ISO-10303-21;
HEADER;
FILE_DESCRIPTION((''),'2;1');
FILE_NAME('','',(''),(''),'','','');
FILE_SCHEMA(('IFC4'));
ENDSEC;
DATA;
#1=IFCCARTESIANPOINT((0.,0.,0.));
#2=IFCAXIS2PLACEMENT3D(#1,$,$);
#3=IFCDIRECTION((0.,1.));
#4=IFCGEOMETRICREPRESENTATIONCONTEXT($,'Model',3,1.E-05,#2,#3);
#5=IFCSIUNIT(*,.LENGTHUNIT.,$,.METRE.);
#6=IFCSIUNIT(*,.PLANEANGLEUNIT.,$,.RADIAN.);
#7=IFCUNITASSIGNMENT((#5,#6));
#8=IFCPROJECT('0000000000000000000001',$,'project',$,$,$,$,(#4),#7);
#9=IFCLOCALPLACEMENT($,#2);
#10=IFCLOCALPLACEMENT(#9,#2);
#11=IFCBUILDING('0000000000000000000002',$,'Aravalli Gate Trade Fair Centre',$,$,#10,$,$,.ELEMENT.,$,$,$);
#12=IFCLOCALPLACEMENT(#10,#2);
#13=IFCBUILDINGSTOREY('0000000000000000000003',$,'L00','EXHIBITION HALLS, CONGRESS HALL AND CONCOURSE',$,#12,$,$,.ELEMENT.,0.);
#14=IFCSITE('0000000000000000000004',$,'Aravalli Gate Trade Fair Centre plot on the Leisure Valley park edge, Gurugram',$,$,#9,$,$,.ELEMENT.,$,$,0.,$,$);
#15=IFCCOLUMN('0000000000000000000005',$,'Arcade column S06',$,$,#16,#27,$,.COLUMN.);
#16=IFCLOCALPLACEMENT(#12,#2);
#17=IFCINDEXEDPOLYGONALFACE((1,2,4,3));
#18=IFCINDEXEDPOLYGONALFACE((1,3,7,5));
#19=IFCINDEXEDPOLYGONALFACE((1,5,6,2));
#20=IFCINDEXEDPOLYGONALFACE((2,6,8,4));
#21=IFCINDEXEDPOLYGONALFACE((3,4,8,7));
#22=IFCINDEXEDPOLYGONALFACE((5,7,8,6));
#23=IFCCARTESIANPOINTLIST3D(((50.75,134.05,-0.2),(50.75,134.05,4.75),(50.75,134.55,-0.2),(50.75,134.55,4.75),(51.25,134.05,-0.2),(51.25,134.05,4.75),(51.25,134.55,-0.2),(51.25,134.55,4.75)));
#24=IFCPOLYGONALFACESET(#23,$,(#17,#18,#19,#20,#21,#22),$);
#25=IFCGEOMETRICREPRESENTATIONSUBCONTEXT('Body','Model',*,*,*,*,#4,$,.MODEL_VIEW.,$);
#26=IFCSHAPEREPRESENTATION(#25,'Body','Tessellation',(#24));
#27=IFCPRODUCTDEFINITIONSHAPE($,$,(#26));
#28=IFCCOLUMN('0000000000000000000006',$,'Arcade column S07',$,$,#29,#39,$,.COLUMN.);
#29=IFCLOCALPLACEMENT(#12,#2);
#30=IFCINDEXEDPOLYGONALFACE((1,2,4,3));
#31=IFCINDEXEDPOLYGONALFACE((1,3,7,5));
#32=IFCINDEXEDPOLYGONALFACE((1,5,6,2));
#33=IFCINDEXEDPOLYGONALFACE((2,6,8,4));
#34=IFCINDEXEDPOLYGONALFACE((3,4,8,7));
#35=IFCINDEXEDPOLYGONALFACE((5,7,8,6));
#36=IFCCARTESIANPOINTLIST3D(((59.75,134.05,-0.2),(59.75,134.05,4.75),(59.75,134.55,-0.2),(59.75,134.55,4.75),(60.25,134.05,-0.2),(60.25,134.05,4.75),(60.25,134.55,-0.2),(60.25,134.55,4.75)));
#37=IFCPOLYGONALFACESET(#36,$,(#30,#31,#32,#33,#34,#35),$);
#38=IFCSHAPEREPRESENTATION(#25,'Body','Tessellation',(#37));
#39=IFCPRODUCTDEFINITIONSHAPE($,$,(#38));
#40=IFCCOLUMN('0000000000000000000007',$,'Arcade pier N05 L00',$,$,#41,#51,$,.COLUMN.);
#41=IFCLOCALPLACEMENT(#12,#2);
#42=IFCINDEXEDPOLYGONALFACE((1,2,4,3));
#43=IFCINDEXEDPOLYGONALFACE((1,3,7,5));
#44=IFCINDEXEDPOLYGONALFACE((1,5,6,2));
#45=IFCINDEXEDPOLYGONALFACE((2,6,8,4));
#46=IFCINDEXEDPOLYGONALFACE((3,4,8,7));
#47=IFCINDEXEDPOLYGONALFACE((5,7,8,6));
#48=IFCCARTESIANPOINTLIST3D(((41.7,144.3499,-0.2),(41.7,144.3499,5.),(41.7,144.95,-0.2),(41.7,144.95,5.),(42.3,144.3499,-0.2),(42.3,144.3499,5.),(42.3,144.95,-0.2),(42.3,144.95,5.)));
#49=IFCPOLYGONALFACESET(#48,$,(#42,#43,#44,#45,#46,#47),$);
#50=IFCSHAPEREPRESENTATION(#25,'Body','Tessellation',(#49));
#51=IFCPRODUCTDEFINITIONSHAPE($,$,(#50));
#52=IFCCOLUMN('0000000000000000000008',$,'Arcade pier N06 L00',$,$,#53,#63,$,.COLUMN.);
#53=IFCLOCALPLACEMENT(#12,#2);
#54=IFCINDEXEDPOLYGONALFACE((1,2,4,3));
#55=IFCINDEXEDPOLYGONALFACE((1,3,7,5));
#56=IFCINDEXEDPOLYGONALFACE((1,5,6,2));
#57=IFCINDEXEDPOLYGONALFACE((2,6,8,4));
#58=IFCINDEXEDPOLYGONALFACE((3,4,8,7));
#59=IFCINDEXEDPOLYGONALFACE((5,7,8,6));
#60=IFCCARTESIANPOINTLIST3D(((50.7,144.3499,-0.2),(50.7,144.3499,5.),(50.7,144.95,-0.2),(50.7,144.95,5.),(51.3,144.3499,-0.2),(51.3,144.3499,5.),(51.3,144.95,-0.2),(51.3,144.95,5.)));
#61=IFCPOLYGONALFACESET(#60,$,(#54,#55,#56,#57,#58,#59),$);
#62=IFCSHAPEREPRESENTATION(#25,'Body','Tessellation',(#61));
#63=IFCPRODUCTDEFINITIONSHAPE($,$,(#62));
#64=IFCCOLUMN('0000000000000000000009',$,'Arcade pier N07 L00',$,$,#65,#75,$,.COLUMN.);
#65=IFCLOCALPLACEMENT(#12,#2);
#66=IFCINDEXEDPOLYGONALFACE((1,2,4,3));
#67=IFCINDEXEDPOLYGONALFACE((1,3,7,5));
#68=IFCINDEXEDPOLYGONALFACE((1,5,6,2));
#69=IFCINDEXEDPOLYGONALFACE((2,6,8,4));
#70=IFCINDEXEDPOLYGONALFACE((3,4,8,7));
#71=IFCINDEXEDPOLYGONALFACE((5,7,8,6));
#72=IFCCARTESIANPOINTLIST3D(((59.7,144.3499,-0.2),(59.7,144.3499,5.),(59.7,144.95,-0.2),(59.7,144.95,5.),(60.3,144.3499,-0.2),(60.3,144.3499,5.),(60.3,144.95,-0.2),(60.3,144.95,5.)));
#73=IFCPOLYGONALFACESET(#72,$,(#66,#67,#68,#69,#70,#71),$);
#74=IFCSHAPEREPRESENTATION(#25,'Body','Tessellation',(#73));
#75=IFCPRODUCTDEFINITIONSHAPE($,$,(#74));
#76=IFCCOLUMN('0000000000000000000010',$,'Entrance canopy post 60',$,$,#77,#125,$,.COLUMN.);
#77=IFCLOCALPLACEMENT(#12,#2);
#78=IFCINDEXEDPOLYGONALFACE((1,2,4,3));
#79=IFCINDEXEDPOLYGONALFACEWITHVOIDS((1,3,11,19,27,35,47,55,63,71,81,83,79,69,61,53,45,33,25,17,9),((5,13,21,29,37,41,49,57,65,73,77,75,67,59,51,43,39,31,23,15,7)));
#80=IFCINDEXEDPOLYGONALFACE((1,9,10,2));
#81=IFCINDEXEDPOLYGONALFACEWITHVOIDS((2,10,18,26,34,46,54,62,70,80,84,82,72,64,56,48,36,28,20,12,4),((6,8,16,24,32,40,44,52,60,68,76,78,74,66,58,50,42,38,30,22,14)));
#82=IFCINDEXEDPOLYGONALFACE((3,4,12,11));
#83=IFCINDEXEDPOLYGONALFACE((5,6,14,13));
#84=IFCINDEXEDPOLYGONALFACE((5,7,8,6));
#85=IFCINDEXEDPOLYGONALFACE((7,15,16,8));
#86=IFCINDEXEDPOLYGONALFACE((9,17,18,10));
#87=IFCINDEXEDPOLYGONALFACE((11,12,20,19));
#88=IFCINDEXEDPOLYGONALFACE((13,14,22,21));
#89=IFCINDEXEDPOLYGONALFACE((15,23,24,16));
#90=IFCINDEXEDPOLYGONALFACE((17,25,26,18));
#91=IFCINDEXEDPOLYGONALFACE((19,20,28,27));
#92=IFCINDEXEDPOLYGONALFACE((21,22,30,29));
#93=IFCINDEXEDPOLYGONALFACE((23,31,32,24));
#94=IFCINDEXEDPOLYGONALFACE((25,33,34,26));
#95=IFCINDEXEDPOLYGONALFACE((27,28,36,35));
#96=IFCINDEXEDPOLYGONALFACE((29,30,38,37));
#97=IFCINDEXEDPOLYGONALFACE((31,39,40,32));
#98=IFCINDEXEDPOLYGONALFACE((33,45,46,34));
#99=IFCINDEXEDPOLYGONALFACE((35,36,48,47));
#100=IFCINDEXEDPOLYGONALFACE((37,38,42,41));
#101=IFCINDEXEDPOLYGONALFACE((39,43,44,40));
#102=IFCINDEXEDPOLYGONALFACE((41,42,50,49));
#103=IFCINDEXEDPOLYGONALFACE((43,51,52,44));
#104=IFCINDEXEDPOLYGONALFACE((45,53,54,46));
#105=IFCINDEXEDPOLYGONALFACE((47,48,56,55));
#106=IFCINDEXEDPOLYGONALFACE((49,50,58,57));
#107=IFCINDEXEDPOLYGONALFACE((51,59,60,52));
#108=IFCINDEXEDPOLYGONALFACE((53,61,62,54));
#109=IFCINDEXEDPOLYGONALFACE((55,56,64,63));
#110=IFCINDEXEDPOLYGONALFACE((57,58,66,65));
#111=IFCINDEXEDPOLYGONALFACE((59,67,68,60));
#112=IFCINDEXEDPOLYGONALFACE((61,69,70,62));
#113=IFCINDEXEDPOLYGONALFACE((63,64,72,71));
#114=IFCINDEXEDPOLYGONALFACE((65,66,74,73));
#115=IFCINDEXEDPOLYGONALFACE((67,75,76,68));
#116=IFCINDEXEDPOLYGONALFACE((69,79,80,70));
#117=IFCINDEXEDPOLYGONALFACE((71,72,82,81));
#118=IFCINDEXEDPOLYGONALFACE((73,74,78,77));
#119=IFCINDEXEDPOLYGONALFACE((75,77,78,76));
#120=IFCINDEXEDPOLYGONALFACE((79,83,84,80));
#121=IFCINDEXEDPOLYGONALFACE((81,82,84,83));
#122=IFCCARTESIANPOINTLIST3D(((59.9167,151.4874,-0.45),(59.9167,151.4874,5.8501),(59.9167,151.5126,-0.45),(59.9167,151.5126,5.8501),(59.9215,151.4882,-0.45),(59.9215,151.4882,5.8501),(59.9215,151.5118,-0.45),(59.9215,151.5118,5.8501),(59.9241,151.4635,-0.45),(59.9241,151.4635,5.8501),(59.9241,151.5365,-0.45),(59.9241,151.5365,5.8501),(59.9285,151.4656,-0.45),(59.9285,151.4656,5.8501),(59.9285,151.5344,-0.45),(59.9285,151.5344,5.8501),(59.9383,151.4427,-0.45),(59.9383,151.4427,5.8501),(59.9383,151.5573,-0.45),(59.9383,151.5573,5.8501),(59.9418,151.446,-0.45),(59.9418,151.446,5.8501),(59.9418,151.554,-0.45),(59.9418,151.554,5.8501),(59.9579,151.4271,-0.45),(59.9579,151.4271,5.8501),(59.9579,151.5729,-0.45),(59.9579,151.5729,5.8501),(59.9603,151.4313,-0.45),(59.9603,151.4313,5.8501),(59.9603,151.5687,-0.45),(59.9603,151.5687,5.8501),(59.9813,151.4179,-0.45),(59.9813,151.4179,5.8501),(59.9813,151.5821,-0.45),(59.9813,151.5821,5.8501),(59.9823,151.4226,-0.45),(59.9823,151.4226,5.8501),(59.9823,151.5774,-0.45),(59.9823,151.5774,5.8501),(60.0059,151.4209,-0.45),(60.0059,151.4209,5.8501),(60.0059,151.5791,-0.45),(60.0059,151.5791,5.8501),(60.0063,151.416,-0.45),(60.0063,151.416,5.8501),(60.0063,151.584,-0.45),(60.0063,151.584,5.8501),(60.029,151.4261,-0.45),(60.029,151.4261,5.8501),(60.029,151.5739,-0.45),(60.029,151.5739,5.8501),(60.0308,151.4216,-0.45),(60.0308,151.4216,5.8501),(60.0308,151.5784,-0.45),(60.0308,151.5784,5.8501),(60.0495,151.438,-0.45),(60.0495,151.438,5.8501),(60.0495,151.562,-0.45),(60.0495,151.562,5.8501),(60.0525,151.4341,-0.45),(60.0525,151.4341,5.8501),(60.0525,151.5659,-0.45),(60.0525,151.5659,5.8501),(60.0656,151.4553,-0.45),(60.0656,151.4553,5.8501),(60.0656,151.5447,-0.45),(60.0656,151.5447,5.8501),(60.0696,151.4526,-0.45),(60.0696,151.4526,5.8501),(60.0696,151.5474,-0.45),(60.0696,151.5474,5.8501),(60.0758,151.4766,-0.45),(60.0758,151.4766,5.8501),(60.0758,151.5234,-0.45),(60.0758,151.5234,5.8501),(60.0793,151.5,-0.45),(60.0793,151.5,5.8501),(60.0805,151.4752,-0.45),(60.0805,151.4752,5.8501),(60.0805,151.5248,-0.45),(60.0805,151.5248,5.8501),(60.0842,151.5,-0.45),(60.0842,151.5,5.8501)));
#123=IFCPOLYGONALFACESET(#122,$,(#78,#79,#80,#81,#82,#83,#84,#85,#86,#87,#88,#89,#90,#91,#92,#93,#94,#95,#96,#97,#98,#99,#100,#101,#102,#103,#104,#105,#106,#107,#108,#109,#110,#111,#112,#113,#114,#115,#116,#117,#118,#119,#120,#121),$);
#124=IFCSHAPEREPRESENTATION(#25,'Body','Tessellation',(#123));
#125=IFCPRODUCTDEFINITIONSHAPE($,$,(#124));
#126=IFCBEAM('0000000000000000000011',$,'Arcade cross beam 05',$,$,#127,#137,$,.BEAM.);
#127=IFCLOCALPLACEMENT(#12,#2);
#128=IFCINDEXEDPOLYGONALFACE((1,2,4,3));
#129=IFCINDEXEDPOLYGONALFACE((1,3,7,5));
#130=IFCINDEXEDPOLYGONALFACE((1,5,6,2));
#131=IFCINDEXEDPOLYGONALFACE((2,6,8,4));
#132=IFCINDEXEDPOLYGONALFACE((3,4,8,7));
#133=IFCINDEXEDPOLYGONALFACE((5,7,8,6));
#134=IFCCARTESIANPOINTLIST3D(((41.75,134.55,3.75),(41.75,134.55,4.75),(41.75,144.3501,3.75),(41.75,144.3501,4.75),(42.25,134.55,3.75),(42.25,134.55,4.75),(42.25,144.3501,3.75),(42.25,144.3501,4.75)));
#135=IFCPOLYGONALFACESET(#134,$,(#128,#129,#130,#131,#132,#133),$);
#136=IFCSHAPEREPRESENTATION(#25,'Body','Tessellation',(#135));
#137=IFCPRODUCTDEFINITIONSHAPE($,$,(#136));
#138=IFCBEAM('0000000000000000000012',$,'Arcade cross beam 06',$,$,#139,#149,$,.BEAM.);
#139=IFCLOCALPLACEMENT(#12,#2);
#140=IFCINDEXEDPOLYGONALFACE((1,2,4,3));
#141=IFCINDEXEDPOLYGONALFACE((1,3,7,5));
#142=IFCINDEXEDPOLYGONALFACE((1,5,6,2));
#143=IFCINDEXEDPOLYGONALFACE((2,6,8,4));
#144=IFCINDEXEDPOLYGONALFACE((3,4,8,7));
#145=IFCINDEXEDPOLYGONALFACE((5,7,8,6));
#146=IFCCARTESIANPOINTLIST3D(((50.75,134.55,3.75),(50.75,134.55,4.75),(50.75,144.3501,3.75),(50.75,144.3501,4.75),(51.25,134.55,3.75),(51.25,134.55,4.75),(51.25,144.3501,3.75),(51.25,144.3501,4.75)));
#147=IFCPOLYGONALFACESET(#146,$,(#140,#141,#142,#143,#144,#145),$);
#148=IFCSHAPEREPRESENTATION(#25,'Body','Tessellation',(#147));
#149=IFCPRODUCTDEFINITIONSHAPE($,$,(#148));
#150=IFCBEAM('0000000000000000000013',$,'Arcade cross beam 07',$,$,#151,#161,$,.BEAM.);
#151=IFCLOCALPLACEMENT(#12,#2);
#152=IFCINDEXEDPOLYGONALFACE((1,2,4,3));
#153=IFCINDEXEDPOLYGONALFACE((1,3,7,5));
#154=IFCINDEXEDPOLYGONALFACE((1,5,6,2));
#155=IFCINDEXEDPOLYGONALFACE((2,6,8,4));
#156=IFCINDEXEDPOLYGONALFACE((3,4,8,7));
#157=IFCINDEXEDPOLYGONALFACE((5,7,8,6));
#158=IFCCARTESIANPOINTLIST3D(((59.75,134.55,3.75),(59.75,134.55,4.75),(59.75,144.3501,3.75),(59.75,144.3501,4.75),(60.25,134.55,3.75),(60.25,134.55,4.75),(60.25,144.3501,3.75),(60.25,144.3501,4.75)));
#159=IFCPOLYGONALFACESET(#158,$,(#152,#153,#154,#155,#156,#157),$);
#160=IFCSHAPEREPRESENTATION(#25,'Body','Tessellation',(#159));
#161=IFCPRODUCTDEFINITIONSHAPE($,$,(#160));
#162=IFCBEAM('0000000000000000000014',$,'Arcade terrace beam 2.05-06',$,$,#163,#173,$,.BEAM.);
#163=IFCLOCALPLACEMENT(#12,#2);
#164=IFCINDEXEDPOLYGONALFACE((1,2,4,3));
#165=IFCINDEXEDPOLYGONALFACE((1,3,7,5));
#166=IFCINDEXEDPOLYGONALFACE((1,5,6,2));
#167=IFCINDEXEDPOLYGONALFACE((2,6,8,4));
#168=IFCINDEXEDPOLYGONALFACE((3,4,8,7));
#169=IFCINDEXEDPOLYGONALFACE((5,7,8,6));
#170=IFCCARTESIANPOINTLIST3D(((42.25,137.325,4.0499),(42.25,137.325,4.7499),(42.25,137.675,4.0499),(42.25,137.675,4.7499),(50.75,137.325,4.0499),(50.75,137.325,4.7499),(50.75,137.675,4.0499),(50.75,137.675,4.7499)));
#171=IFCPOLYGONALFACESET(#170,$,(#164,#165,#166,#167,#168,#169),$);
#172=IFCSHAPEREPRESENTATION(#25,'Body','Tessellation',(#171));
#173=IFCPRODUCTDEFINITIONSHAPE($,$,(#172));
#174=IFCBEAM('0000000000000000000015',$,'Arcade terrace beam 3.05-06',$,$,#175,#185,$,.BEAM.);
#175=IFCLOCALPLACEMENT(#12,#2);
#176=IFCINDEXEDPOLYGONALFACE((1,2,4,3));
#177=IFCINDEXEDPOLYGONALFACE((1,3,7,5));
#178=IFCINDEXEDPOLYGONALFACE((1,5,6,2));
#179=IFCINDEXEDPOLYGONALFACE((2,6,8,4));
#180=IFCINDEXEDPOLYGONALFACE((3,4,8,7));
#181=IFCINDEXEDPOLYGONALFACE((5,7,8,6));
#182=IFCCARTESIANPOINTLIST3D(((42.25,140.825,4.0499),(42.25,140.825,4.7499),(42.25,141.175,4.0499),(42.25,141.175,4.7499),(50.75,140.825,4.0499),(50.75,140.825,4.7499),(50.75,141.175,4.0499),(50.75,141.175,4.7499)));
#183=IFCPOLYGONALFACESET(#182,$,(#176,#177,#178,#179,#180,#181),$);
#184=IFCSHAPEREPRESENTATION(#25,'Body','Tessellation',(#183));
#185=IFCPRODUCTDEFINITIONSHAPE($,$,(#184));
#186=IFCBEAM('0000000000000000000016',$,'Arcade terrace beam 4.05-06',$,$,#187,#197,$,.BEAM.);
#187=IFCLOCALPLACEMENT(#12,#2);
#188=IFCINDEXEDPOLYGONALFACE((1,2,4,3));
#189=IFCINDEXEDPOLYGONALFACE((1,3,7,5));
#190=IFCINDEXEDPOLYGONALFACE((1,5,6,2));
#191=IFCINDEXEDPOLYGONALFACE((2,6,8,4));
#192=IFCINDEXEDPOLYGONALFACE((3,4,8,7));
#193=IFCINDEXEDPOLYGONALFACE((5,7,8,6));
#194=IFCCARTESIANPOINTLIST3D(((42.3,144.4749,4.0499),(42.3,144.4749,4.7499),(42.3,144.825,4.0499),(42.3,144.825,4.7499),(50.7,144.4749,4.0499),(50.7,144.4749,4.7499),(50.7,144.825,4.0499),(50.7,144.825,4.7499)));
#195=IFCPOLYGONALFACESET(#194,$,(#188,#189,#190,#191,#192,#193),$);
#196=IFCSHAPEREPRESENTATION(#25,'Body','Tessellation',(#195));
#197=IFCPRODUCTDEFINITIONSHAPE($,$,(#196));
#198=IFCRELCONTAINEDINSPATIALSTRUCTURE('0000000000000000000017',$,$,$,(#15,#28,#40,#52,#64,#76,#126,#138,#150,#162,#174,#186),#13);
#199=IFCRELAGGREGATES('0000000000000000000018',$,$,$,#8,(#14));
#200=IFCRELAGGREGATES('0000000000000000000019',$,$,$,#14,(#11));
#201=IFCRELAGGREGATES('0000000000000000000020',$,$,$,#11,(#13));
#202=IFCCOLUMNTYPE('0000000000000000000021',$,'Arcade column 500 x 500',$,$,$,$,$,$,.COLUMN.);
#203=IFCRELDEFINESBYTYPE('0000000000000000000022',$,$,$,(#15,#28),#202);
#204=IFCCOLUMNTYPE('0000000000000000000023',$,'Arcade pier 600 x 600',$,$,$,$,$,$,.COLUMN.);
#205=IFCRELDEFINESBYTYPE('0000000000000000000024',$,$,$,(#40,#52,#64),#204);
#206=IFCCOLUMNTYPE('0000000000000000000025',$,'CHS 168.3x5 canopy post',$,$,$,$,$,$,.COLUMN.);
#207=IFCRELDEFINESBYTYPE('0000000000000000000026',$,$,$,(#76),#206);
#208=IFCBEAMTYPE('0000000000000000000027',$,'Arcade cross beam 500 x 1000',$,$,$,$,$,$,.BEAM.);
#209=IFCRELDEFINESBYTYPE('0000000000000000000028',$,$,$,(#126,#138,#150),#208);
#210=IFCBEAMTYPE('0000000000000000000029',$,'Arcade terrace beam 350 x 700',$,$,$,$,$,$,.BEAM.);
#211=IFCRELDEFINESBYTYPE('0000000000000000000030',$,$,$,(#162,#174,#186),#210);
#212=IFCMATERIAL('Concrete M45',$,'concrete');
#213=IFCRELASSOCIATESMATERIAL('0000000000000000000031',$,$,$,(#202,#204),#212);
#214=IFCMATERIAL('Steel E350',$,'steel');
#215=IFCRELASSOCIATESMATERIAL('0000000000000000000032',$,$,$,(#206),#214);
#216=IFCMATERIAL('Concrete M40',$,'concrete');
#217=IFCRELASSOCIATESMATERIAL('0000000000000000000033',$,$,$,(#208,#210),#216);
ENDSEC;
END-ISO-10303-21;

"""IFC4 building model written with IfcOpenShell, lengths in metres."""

from ifc_helpers import new_model, si_unit, direction, frame, origin, origin_2d, place, context, subcontext, project, spatial, rectangle, hollow_circle, extrude, material, material_profile, profile_set, type_object, element, save


model = new_model("IFC4")

# Units and contexts
model_context = context("Model", 3, precision=1e-05, world=origin(), true_north=direction((0.0, 1.0)))
body_context = subcontext(model_context, "Body", "Model", "MODEL_VIEW")
ifc_project = project(units=[si_unit("LENGTHUNIT", "METRE"), si_unit("PLANEANGLEUNIT", "RADIAN")], contexts=[model_context])

# Site, building, storey
site_placement = place(None, origin())
site = spatial("IfcSite", under=ifc_project, at=site_placement, Name="Aravalli Gate Trade Fair Centre plot on the Leisure Valley park edge, Gurugram", CompositionType="ELEMENT", RefElevation=0.0)
building_placement = place(site_placement, origin())
building = spatial("IfcBuilding", under=site, at=building_placement, Name="Aravalli Gate Trade Fair Centre", CompositionType="ELEMENT")
storey_placement = place(building_placement, origin())
storey = spatial("IfcBuildingStorey", under=building, at=storey_placement, Name="L00", Description="EXHIBITION HALLS, CONGRESS HALL AND CONCOURSE", CompositionType="ELEMENT", Elevation=0.0)

# Columns
ifc_material_1 = material(Name="Concrete M45", Category="concrete")
ifc_material_profile_1 = material_profile(ifc_material_1, rectangle(XDim=0.5, YDim=0.5, at=origin_2d()), Name="Arcade column 500 x 500")
ifc_profile_set_1 = profile_set([ifc_material_profile_1], Name="Concrete M45")
column_type_1 = type_object("IfcColumnType", Name="Arcade column 500 x 500", PredefinedType="COLUMN", material=ifc_profile_set_1)
for number, where, z_axis, x_axis, name in (
    (1, (51.0, 134.3, -0.2), (0.0, 0.0, 1.0), (1.0, 0.0, 0.0), "Arcade column S06"),
    (2, (60.0, 134.3, -0.2), (0.0, 0.0, 1.0), (1.0, 0.0, 0.0), "Arcade column S07"),
):
    element("IfcColumn", number, at=place(storey_placement, frame(where, z_axis=z_axis, x_axis=x_axis)), inside=storey, type_object=column_type_1, Name=name, PredefinedType="COLUMN", context=body_context, shape_type="SweptSolid", body=[
        extrude(rectangle(XDim=0.5, YDim=0.5, at=origin_2d()), origin(), (0.0, 0.0, 1.0), 4.95),
    ])
ifc_material_profile_2 = material_profile(ifc_material_1, rectangle(XDim=0.6001, YDim=0.6001, at=origin_2d()), Name="Arcade pier 600 x 600")
ifc_profile_set_2 = profile_set([ifc_material_profile_2], Name="Concrete M45")
column_type_2 = type_object("IfcColumnType", Name="Arcade pier 600 x 600", PredefinedType="COLUMN", material=ifc_profile_set_2)
for number, where, z_axis, x_axis, name in (
    (3, (42.0, 144.6499, -0.2), (0.0, 0.0, 1.0), (1.0, 0.0, 0.0), "Arcade pier N05 L00"),
    (4, (51.0, 144.6499, -0.2), (0.0, 0.0, 1.0), (1.0, 0.0, 0.0), "Arcade pier N06 L00"),
    (5, (60.0, 144.6499, -0.2), (0.0, 0.0, 1.0), (1.0, 0.0, 0.0), "Arcade pier N07 L00"),
):
    element("IfcColumn", number, at=place(storey_placement, frame(where, z_axis=z_axis, x_axis=x_axis)), inside=storey, type_object=column_type_2, Name=name, PredefinedType="COLUMN", context=body_context, shape_type="SweptSolid", body=[
        extrude(rectangle(XDim=0.6001, YDim=0.6001, at=origin_2d()), origin(), (0.0, 0.0, 1.0), 5.2),
    ])
ifc_material_2 = material(Name="Steel E350", Category="steel")
ifc_material_profile_3 = material_profile(ifc_material_2, hollow_circle(Radius=0.0842, WallThickness=0.0049, at=origin_2d()), Name="CHS 168.3x5")
ifc_profile_set_3 = profile_set([ifc_material_profile_3], Name="Steel E350")
column_type_3 = type_object("IfcColumnType", Name="CHS 168.3x5 canopy post", PredefinedType="COLUMN", material=ifc_profile_set_3)
column_placement = place(storey_placement, frame((60.0, 151.5, -0.45), z_axis=(0.0, 0.0, 1.0), x_axis=(1.0, 0.0, 0.0)))
element("IfcColumn", 6, at=column_placement, inside=storey, type_object=column_type_3, Name="Entrance canopy post 60", PredefinedType="COLUMN", context=body_context, shape_type="SweptSolid", body=[
    extrude(hollow_circle(Radius=0.0842, WallThickness=0.0049, at=origin_2d()), origin(), (0.0, 0.0, 1.0), 6.3),
])

# Beams
ifc_material_3 = material(Name="Concrete M40", Category="concrete")
ifc_material_profile_4 = material_profile(ifc_material_3, rectangle(XDim=0.5, YDim=1.0, at=origin_2d()), Name="Arcade cross beam 500 x 1000")
ifc_profile_set_4 = profile_set([ifc_material_profile_4], Name="Concrete M40")
beam_type_1 = type_object("IfcBeamType", Name="Arcade cross beam 500 x 1000", PredefinedType="BEAM", material=ifc_profile_set_4)
for number, where, z_axis, x_axis, name in (
    (7, (42.0, 134.55, 4.25), (0.0, 1.0, 0.0), (-1.0, 0.0, 0.0), "Arcade cross beam 05"),
    (8, (51.0, 134.55, 4.25), (0.0, 1.0, 0.0), (-1.0, 0.0, 0.0), "Arcade cross beam 06"),
    (9, (60.0, 134.55, 4.25), (0.0, 1.0, 0.0), (-1.0, 0.0, 0.0), "Arcade cross beam 07"),
):
    element("IfcBeam", number, at=place(storey_placement, frame(where, z_axis=z_axis, x_axis=x_axis)), inside=storey, type_object=beam_type_1, Name=name, PredefinedType="BEAM", context=body_context, shape_type="SweptSolid", body=[
        extrude(rectangle(XDim=0.5, YDim=1.0, at=origin_2d()), origin(), (0.0, 0.0, 1.0), 9.8),
    ])
ifc_material_profile_5 = material_profile(ifc_material_3, rectangle(XDim=0.3501, YDim=0.7, at=origin_2d()), Name="Arcade terrace beam 350 x 700")
ifc_profile_set_5 = profile_set([ifc_material_profile_5], Name="Concrete M40")
beam_type_2 = type_object("IfcBeamType", Name="Arcade terrace beam 350 x 700", PredefinedType="BEAM", material=ifc_profile_set_5)
for number, where, z_axis, x_axis, name in (
    (10, (42.25, 137.5, 4.3999), (1.0, 0.0, 0.0), (0.0, 1.0, 0.0), "Arcade terrace beam 2.05-06"),
    (11, (42.25, 141.0, 4.3999), (1.0, 0.0, 0.0), (0.0, 1.0, 0.0), "Arcade terrace beam 3.05-06"),
):
    element("IfcBeam", number, at=place(storey_placement, frame(where, z_axis=z_axis, x_axis=x_axis)), inside=storey, type_object=beam_type_2, Name=name, PredefinedType="BEAM", context=body_context, shape_type="SweptSolid", body=[
        extrude(rectangle(XDim=0.3501, YDim=0.7, at=origin_2d()), origin(), (0.0, 0.0, 1.0), 8.5),
    ])
beam_1_placement = place(storey_placement, frame((42.3, 144.6499, 4.3999), z_axis=(1.0, 0.0, 0.0), x_axis=(0.0, 1.0, 0.0)))
element("IfcBeam", 12, at=beam_1_placement, inside=storey, type_object=beam_type_2, Name="Arcade terrace beam 4.05-06", PredefinedType="BEAM", context=body_context, shape_type="SweptSolid", body=[
    extrude(rectangle(XDim=0.3501, YDim=0.7, at=origin_2d()), origin(), (0.0, 0.0, 1.0), 8.3999),
])

save(model, "model.ifc")
